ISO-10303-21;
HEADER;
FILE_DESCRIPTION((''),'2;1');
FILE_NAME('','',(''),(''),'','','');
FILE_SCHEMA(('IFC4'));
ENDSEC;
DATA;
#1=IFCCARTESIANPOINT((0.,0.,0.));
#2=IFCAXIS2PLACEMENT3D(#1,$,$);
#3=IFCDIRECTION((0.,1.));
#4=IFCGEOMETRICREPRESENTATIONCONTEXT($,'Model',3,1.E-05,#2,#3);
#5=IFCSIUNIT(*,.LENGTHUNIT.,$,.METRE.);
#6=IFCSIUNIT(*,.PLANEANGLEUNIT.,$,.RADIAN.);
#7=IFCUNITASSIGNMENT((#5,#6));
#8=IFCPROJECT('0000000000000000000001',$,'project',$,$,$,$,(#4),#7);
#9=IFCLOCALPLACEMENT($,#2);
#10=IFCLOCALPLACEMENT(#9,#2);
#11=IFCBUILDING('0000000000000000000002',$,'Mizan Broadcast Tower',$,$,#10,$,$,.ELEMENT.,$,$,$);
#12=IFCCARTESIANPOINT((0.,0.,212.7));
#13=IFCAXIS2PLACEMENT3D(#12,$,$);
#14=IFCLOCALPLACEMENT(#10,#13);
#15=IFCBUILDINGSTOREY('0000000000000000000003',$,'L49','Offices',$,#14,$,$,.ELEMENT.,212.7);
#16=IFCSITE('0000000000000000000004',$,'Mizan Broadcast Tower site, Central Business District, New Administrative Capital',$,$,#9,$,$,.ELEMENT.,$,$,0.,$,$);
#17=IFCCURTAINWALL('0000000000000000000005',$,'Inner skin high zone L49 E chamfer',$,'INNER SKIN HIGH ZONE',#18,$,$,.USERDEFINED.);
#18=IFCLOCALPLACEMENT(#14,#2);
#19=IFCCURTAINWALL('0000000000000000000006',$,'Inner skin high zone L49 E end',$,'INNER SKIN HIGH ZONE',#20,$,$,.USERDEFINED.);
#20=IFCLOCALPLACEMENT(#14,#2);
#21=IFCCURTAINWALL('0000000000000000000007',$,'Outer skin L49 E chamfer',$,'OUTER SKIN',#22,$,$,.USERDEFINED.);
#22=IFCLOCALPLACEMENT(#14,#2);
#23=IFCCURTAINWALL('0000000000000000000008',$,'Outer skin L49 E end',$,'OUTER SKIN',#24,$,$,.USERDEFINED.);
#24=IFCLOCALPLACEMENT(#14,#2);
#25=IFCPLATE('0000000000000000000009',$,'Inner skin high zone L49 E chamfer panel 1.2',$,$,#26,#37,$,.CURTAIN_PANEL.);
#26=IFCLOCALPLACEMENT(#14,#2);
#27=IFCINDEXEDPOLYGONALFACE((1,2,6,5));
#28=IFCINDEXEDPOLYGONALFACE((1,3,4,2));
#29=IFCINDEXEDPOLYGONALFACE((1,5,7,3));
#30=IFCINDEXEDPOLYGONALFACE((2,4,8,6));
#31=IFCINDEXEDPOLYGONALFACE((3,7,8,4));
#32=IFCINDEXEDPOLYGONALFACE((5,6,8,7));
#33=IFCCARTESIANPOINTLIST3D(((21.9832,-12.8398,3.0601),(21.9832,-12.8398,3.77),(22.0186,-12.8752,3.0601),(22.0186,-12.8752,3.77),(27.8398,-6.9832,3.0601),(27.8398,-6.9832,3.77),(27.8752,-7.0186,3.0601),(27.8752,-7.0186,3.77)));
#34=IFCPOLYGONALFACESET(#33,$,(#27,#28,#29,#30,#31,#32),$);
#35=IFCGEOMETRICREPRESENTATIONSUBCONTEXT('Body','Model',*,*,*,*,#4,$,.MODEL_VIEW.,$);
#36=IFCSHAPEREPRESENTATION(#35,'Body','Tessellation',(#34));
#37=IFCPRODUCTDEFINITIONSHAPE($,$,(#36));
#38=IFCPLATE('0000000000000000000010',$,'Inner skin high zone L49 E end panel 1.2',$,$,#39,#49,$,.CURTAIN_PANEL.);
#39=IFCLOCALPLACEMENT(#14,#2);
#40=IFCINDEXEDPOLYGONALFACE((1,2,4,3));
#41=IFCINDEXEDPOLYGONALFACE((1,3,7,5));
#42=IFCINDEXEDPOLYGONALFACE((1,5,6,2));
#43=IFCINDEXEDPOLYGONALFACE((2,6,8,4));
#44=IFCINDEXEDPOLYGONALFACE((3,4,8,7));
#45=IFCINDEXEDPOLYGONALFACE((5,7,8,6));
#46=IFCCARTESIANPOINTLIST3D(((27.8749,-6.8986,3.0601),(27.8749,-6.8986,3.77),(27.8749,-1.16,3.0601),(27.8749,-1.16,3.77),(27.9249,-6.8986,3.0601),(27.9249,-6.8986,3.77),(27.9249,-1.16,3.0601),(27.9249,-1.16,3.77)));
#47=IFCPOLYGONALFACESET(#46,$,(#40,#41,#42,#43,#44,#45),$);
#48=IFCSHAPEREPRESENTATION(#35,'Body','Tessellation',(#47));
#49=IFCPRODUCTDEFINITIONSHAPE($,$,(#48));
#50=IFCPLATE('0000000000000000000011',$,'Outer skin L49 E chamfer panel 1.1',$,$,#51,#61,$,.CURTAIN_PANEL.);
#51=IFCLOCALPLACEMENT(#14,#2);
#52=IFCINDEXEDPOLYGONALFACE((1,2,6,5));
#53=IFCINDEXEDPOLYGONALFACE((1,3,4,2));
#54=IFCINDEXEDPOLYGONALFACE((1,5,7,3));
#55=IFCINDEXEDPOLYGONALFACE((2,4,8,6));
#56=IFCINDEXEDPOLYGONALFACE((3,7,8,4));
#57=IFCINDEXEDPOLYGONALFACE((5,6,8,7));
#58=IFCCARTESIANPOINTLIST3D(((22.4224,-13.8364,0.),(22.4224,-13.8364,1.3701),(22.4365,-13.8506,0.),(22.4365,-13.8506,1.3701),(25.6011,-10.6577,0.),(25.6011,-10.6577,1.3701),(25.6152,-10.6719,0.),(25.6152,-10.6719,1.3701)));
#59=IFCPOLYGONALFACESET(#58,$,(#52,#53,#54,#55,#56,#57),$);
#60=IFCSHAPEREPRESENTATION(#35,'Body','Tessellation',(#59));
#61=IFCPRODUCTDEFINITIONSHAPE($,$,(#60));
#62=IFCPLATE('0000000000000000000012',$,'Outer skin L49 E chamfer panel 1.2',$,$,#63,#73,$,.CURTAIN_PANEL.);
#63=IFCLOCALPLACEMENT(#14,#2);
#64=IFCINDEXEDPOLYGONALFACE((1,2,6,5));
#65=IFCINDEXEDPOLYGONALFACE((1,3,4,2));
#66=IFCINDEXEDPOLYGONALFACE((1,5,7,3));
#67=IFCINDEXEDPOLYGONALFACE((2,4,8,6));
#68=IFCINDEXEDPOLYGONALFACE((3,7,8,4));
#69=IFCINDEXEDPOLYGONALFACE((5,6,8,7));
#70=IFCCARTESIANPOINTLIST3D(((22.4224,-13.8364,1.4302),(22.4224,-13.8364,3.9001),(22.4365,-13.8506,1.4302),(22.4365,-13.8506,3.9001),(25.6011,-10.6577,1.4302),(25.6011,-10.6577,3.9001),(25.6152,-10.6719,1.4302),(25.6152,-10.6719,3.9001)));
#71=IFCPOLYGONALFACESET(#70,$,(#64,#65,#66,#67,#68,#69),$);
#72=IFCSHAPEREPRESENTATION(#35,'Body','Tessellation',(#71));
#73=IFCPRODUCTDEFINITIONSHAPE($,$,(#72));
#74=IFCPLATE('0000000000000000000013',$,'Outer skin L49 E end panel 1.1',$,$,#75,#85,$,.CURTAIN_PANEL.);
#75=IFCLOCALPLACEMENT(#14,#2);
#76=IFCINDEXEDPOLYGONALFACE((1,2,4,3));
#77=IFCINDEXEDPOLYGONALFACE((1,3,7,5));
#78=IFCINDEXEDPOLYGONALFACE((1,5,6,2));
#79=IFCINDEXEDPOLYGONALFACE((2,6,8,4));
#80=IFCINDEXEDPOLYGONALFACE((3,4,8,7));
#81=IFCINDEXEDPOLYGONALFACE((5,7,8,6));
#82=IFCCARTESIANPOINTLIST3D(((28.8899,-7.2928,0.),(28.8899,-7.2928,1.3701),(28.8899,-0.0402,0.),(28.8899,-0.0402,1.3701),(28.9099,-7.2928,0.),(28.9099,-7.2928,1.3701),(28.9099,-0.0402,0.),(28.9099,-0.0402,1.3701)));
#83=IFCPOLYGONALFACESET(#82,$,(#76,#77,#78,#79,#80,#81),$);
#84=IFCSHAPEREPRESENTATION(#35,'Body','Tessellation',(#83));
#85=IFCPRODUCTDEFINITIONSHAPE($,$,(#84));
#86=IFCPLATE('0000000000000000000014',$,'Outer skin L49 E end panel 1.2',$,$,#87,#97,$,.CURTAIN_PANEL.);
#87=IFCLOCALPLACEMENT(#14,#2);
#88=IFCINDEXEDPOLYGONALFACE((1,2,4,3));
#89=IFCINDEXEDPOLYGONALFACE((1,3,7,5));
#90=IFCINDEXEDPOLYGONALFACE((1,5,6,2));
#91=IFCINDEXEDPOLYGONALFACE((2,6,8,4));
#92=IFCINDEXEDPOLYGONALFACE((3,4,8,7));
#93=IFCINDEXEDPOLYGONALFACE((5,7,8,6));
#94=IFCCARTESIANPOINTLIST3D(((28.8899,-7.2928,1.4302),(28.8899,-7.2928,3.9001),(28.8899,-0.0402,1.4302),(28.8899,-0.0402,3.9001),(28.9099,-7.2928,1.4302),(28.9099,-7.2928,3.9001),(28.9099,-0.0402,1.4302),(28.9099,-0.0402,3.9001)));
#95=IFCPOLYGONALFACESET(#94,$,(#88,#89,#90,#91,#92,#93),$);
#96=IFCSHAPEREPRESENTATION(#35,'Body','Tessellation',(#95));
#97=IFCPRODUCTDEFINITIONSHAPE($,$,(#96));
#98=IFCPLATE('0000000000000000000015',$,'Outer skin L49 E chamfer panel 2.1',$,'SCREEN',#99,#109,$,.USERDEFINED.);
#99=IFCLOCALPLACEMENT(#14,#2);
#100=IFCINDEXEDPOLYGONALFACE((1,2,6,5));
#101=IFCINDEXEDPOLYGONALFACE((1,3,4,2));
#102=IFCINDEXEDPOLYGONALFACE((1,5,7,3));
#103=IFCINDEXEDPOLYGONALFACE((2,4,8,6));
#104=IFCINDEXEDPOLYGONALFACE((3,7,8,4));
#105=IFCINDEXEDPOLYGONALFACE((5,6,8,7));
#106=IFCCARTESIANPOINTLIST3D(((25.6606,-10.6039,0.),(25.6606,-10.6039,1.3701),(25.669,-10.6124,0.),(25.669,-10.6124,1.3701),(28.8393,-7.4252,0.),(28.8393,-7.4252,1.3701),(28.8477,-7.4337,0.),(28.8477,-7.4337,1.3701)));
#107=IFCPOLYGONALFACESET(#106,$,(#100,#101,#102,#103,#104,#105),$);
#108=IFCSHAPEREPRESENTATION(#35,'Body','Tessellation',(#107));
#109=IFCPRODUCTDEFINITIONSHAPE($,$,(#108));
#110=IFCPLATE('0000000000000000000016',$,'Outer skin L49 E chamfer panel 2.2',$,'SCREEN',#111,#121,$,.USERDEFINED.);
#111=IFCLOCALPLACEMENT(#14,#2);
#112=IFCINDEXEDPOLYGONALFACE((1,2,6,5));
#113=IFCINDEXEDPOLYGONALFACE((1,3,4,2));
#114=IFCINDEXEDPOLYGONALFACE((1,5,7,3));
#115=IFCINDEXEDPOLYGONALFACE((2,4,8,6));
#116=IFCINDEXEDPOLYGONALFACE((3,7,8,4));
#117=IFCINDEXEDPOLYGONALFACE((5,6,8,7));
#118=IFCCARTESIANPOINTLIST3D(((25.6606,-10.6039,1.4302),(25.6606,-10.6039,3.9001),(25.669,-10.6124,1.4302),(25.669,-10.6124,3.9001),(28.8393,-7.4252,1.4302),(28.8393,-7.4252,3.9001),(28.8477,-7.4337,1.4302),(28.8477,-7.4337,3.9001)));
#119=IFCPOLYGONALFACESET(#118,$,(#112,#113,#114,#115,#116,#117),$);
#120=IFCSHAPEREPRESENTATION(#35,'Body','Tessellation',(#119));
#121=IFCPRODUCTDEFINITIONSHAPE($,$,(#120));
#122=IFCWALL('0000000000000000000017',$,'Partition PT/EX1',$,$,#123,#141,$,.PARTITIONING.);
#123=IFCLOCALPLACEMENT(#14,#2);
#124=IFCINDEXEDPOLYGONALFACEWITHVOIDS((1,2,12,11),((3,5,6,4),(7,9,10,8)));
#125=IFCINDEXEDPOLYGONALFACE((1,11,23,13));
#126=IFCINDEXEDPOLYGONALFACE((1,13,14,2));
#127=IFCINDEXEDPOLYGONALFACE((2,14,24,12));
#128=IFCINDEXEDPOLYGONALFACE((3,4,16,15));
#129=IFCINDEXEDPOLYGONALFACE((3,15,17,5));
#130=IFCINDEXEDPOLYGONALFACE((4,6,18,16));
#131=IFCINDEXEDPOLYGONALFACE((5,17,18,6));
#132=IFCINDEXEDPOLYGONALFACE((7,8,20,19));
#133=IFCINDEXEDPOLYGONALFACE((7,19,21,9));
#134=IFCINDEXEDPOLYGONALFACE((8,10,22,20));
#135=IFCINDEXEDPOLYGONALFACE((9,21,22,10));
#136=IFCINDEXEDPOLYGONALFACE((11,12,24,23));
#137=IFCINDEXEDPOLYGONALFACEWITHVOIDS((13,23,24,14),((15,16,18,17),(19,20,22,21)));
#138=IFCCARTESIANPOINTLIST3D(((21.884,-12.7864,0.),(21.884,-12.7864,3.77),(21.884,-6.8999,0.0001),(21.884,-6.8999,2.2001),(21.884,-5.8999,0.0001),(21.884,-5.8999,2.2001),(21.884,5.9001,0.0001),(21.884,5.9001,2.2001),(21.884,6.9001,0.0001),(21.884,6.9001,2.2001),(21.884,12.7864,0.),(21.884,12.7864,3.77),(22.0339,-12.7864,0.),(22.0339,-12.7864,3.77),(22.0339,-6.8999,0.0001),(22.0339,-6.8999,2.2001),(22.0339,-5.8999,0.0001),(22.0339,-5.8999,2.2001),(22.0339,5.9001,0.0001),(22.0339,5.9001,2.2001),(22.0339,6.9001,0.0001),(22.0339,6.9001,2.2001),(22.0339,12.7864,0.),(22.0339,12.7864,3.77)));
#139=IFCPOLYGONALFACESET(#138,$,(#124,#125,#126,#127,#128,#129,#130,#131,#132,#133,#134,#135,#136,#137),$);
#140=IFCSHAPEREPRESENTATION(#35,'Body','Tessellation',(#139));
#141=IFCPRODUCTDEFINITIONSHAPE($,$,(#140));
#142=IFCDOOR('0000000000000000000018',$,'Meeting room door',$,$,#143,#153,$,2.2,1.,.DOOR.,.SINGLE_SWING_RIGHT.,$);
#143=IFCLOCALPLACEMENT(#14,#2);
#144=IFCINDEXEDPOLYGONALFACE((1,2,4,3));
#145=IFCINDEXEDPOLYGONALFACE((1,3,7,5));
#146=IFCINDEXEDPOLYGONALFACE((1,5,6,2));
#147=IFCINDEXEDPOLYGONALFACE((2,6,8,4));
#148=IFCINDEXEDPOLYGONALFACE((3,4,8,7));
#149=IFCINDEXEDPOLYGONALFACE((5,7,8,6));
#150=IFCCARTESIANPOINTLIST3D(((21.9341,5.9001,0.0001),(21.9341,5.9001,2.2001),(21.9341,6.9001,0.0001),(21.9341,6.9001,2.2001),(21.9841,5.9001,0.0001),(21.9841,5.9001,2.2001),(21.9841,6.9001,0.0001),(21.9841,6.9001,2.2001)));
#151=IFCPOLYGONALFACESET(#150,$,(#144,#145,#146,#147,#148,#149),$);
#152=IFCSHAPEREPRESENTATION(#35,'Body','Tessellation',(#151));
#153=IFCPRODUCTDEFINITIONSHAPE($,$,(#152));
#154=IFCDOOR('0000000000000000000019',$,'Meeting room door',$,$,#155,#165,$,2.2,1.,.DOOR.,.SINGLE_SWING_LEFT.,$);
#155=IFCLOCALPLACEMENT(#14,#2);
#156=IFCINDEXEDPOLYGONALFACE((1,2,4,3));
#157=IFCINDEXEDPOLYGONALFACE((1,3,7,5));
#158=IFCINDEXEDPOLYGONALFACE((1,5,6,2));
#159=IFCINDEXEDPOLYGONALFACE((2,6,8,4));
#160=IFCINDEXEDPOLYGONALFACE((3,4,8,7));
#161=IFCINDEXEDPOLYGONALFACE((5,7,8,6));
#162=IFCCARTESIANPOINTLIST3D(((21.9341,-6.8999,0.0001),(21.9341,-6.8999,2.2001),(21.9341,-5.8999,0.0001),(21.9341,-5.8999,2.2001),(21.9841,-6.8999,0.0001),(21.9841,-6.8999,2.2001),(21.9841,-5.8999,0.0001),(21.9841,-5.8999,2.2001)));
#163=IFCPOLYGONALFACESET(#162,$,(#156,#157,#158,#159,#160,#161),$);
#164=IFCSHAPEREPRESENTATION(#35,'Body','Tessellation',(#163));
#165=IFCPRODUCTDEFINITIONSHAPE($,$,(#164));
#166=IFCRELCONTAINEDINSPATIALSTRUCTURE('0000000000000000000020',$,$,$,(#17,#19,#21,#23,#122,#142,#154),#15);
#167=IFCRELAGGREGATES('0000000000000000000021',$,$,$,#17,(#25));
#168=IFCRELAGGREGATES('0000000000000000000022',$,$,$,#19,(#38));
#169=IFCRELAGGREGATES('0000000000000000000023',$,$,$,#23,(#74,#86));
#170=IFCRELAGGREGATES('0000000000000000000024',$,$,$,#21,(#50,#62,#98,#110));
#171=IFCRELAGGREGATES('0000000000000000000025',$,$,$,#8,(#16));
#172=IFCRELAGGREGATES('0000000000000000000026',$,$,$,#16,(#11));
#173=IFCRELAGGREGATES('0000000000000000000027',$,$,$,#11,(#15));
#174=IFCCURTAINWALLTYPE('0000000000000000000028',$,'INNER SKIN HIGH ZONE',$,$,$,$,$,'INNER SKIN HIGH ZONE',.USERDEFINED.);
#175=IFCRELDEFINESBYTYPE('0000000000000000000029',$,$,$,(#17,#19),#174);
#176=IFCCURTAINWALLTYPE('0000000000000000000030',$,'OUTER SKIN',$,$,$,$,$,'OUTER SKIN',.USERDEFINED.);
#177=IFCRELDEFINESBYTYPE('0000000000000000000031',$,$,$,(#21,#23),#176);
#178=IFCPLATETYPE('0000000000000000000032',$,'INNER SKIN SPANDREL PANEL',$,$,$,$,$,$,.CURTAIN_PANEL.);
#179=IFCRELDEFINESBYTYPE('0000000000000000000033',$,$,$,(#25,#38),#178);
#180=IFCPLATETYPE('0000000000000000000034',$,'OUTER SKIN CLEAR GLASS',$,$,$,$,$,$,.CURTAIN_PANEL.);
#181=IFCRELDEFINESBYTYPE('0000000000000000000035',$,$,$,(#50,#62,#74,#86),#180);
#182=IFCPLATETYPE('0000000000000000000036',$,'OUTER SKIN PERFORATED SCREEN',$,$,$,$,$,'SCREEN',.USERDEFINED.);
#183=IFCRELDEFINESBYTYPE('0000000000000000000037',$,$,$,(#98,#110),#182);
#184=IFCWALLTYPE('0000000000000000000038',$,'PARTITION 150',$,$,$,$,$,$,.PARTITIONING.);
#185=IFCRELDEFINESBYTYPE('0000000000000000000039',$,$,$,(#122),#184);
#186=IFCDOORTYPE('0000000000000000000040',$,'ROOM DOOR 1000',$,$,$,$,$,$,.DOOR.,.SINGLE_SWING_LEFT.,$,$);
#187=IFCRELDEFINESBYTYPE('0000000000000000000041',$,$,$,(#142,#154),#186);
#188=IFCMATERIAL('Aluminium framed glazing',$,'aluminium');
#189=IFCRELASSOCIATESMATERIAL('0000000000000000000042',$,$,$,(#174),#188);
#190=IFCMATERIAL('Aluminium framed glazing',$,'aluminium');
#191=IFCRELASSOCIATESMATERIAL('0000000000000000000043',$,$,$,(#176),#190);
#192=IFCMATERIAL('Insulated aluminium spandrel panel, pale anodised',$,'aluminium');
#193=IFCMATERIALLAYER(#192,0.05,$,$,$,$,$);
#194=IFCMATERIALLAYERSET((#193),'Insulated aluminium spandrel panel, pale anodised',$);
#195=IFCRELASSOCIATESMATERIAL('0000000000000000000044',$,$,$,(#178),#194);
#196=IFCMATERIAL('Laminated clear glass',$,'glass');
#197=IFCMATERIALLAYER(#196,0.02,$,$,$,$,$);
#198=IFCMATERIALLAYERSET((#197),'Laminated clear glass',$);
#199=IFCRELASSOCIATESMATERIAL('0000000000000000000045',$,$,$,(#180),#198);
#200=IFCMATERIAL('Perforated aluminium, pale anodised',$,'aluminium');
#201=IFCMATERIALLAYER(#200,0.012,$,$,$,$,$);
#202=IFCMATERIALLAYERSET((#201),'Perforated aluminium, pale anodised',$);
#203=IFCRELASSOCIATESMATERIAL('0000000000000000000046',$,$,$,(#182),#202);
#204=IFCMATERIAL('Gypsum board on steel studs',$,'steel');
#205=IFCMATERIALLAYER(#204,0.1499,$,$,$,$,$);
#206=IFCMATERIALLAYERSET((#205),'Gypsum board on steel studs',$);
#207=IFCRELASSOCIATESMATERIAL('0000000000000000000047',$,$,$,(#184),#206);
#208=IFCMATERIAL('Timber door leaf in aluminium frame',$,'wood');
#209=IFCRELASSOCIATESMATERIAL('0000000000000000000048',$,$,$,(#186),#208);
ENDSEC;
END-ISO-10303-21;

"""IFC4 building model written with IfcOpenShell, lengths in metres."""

from ifc_helpers import new_model, si_unit, direction, frame, frame_2d, origin, origin_2d, place, context, subcontext, project, spatial, rectangle, extrude, material, layer, layer_set, type_object, element, fill, aggregate, save


model = new_model("IFC4")

# Units and contexts
model_context = context("Model", 3, precision=1e-05, world=origin(), true_north=direction((0.0, 1.0)))
body_context = subcontext(model_context, "Body", "Model", "MODEL_VIEW")
ifc_project = project(units=[si_unit("LENGTHUNIT", "METRE"), si_unit("PLANEANGLEUNIT", "RADIAN")], contexts=[model_context])

# Site, building, storey
site_placement = place(None, origin())
site = spatial("IfcSite", under=ifc_project, at=site_placement, Name="Mizan Broadcast Tower site, Central Business District, New Administrative Capital", CompositionType="ELEMENT", RefElevation=0.0)
building_placement = place(site_placement, origin())
building = spatial("IfcBuilding", under=site, at=building_placement, Name="Mizan Broadcast Tower", CompositionType="ELEMENT")
storey_placement = place(building_placement, frame((0.0, 0.0, 212.7)))
storey = spatial("IfcBuildingStorey", under=building, at=storey_placement, Name="L49", Description="Offices", CompositionType="ELEMENT", Elevation=212.7)

# Curtain walls
ifc_material_1 = material(Name="Aluminium framed glazing", Category="aluminium")
curtain_wall_type_1 = type_object("IfcCurtainWallType", Name="INNER SKIN HIGH ZONE", ElementType="INNER SKIN HIGH ZONE", PredefinedType="USERDEFINED", material=ifc_material_1)
curtain_wall_1_placement = place(storey_placement, origin())
curtain_wall_1 = element("IfcCurtainWall", 1, at=curtain_wall_1_placement, inside=storey, type_object=curtain_wall_type_1, Name="Inner skin high zone L49 E chamfer", ObjectType="INNER SKIN HIGH ZONE", PredefinedType="USERDEFINED")
curtain_wall_2_placement = place(storey_placement, origin())
curtain_wall_2 = element("IfcCurtainWall", 2, at=curtain_wall_2_placement, inside=storey, type_object=curtain_wall_type_1, Name="Inner skin high zone L49 E end", ObjectType="INNER SKIN HIGH ZONE", PredefinedType="USERDEFINED")

# Curtain wall
ifc_material_2 = material(Name="Aluminium framed glazing", Category="aluminium")
curtain_wall_type_2 = type_object("IfcCurtainWallType", Name="OUTER SKIN", ElementType="OUTER SKIN", PredefinedType="USERDEFINED", material=ifc_material_2)
curtain_wall_3_placement = place(storey_placement, origin())
curtain_wall_3 = element("IfcCurtainWall", 3, at=curtain_wall_3_placement, inside=storey, type_object=curtain_wall_type_2, Name="Outer skin L49 E chamfer", ObjectType="OUTER SKIN", PredefinedType="USERDEFINED")

# Curtain wall
curtain_wall_4_placement = place(storey_placement, origin())
curtain_wall_4 = element("IfcCurtainWall", 4, at=curtain_wall_4_placement, inside=storey, type_object=curtain_wall_type_2, Name="Outer skin L49 E end", ObjectType="OUTER SKIN", PredefinedType="USERDEFINED")

# Plates
ifc_material_3 = material(Name="Insulated aluminium spandrel panel, pale anodised", Category="aluminium")
ifc_layer_1 = layer(ifc_material_3, 0.05)
ifc_layer_set_1 = layer_set([ifc_layer_1], Name="Insulated aluminium spandrel panel, pale anodised")
plate_type_1 = type_object("IfcPlateType", Name="INNER SKIN SPANDREL PANEL", PredefinedType="CURTAIN_PANEL", material=ifc_layer_set_1)
plate_1_placement = place(storey_placement, frame((24.9292, -9.9292, 3.0601), z_axis=(0.0, 0.0, 1.0), x_axis=(0.707107, 0.707107, 0.0)))
plate_1 = element("IfcPlate", 5, at=plate_1_placement, type_object=plate_type_1, Name="Inner skin high zone L49 E chamfer panel 1.2", PredefinedType="CURTAIN_PANEL", context=body_context, shape_type="SweptSolid", body=[
    extrude(rectangle(XDim=8.2825, YDim=0.05, at=origin_2d()), origin(), (0.0, 0.0, 1.0), 0.71),
])
aggregate(curtain_wall_1, [plate_1])
plate_2_placement = place(storey_placement, frame((27.8999, -4.0293, 3.0601), z_axis=(0.0, 0.0, 1.0), x_axis=(0.0, 1.0, 0.0)))
plate_2 = element("IfcPlate", 6, at=plate_2_placement, type_object=plate_type_1, Name="Inner skin high zone L49 E end panel 1.2", PredefinedType="CURTAIN_PANEL", context=body_context, shape_type="SweptSolid", body=[
    extrude(rectangle(XDim=5.7385, YDim=0.05, at=origin_2d()), origin(), (0.0, 0.0, 1.0), 0.71),
])
aggregate(curtain_wall_2, [plate_2])
ifc_material_4 = material(Name="Laminated clear glass", Category="glass")
ifc_layer_2 = layer(ifc_material_4, 0.02)
ifc_layer_set_2 = layer_set([ifc_layer_2], Name="Laminated clear glass")
plate_type_2 = type_object("IfcPlateType", Name="OUTER SKIN CLEAR GLASS", PredefinedType="CURTAIN_PANEL", material=ifc_layer_set_2)
plate_3_placement = place(storey_placement, frame((24.0188, -12.2542, 0.0), z_axis=(0.0, 0.0, 1.0), x_axis=(0.707107, 0.707107, 0.0)))
plate_3 = element("IfcPlate", 7, at=plate_3_placement, type_object=plate_type_2, Name="Outer skin L49 E chamfer panel 1.1", PredefinedType="CURTAIN_PANEL", context=body_context, shape_type="SweptSolid", body=[
    extrude(rectangle(XDim=4.4954, YDim=0.02, at=origin_2d()), origin(), (0.0, 0.0, 1.0), 1.3701),
])
plate_4_placement = place(storey_placement, frame((24.0188, -12.2542, 1.4302), z_axis=(0.0, 0.0, 1.0), x_axis=(0.707107, 0.707107, 0.0)))
plate_4 = element("IfcPlate", 8, at=plate_4_placement, type_object=plate_type_2, Name="Outer skin L49 E chamfer panel 1.2", PredefinedType="CURTAIN_PANEL", context=body_context, shape_type="SweptSolid", body=[
    extrude(rectangle(XDim=4.4954, YDim=0.02, at=origin_2d()), origin(), (0.0, 0.0, 1.0), 2.47),
])
plate_5_placement = place(storey_placement, frame((28.8999, -3.6665, 0.0), z_axis=(0.0, 0.0, 1.0), x_axis=(0.0, 1.0, 0.0)))
plate_5 = element("IfcPlate", 9, at=plate_5_placement, type_object=plate_type_2, Name="Outer skin L49 E end panel 1.1", PredefinedType="CURTAIN_PANEL", context=body_context, shape_type="SweptSolid", body=[
    extrude(rectangle(XDim=7.2527, YDim=0.02, at=origin_2d()), origin(), (0.0, 0.0, 1.0), 1.3701),
])
plate_6_placement = place(storey_placement, frame((28.8999, -3.6665, 1.4302), z_axis=(0.0, 0.0, 1.0), x_axis=(0.0, 1.0, 0.0)))
plate_6 = element("IfcPlate", 10, at=plate_6_placement, type_object=plate_type_2, Name="Outer skin L49 E end panel 1.2", PredefinedType="CURTAIN_PANEL", context=body_context, shape_type="SweptSolid", body=[
    extrude(rectangle(XDim=7.2527, YDim=0.02, at=origin_2d()), origin(), (0.0, 0.0, 1.0), 2.47),
])
aggregate(curtain_wall_4, [plate_5, plate_6])
ifc_material_5 = material(Name="Perforated aluminium, pale anodised", Category="aluminium")
ifc_layer_3 = layer(ifc_material_5, 0.012)
ifc_layer_set_3 = layer_set([ifc_layer_3], Name="Perforated aluminium, pale anodised")
plate_type_3 = type_object("IfcPlateType", Name="OUTER SKIN PERFORATED SCREEN", ElementType="SCREEN", PredefinedType="USERDEFINED", material=ifc_layer_set_3)
plate_7_placement = place(storey_placement, frame((27.2542, -9.0188, 0.0), z_axis=(0.0, 0.0, 1.0), x_axis=(0.707107, 0.707107, 0.0)))
plate_7 = element("IfcPlate", 11, at=plate_7_placement, type_object=plate_type_3, Name="Outer skin L49 E chamfer panel 2.1", ObjectType="SCREEN", PredefinedType="USERDEFINED", context=body_context, shape_type="SweptSolid", body=[
    extrude(rectangle(XDim=4.4954, YDim=0.012, at=origin_2d()), origin(), (0.0, 0.0, 1.0), 1.3701),
])
plate_8_placement = place(storey_placement, frame((27.2542, -9.0188, 1.4302), z_axis=(0.0, 0.0, 1.0), x_axis=(0.707107, 0.707107, 0.0)))
plate_8 = element("IfcPlate", 12, at=plate_8_placement, type_object=plate_type_3, Name="Outer skin L49 E chamfer panel 2.2", ObjectType="SCREEN", PredefinedType="USERDEFINED", context=body_context, shape_type="SweptSolid", body=[
    extrude(rectangle(XDim=4.4954, YDim=0.012, at=origin_2d()), origin(), (0.0, 0.0, 1.0), 2.47),
])
aggregate(curtain_wall_3, [plate_3, plate_4, plate_7, plate_8])

# Wall, openings, doors
ifc_material_6 = material(Name="Gypsum board on steel studs", Category="steel")
ifc_layer_4 = layer(ifc_material_6, 0.1499)
ifc_layer_set_4 = layer_set([ifc_layer_4], Name="Gypsum board on steel studs")
wall_type = type_object("IfcWallType", Name="PARTITION 150", PredefinedType="PARTITIONING", material=ifc_layer_set_4)
wall_placement = place(storey_placement, frame((21.959, -12.7864, 0.0), z_axis=(0.0, 0.0, 1.0), x_axis=(0.0, 1.0, 0.0)))
wall = element("IfcWall", 13, at=wall_placement, inside=storey, type_object=wall_type, Name="Partition PT/EX1", PredefinedType="PARTITIONING", context=body_context, shape_type="SweptSolid", body=[
    extrude(rectangle(XDim=25.5728, YDim=0.1499, at=frame_2d((12.7864, 0.0))), origin(), (0.0, 0.0, 1.0), 3.77),
])
opening_1_placement = place(wall_placement, frame((18.6865, 0.0, 0.0)))
opening_1 = element("IfcOpeningElement", 14, at=opening_1_placement, cuts=wall, PredefinedType="OPENING", context=body_context, shape_type="SweptSolid", body=[
    extrude(rectangle(XDim=1.0, YDim=2.2, at=frame_2d((0.5, 1.1001))), frame((0.0, 0.085, 0.0), z_axis=(0.0, -1.0, 0.0), x_axis=(1.0, 0.0, 0.0)), (0.0, 0.0, 1.0), 0.1699),
])
opening_2_placement = place(wall_placement, frame((5.8865, 0.0, 0.0)))
opening_2 = element("IfcOpeningElement", 15, at=opening_2_placement, cuts=wall, PredefinedType="OPENING", context=body_context, shape_type="SweptSolid", body=[
    extrude(rectangle(XDim=1.0, YDim=2.2, at=frame_2d((0.5, 1.1001))), frame((0.0, 0.085, 0.0), z_axis=(0.0, -1.0, 0.0), x_axis=(1.0, 0.0, 0.0)), (0.0, 0.0, 1.0), 0.1699),
])
ifc_material_7 = material(Name="Timber door leaf in aluminium frame", Category="wood")
door_type = type_object("IfcDoorType", Name="ROOM DOOR 1000", OperationType="SINGLE_SWING_LEFT", PredefinedType="DOOR", material=ifc_material_7)
door_1_placement = place(opening_1_placement, origin())
door_1 = element("IfcDoor", 16, at=door_1_placement, inside=storey, type_object=door_type, Name="Meeting room door", OperationType="SINGLE_SWING_RIGHT", OverallHeight=2.2, OverallWidth=1.0, PredefinedType="DOOR", context=body_context, shape_type="SweptSolid", body=[
    extrude(rectangle(XDim=1.0, YDim=2.2, at=frame_2d((0.5, 1.1001))), frame((0.0, 0.0249, 0.0), z_axis=(0.0, -1.0, 0.0), x_axis=(1.0, 0.0, 0.0)), (0.0, 0.0, 1.0), 0.05),
])
fill(opening_1, door_1)
door_2_placement = place(opening_2_placement, origin())
door_2 = element("IfcDoor", 17, at=door_2_placement, inside=storey, type_object=door_type, Name="Meeting room door", OperationType="SINGLE_SWING_LEFT", OverallHeight=2.2, OverallWidth=1.0, PredefinedType="DOOR", context=body_context, shape_type="SweptSolid", body=[
    extrude(rectangle(XDim=1.0, YDim=2.2, at=frame_2d((0.5, 1.1001))), frame((0.0, 0.0249, 0.0), z_axis=(0.0, -1.0, 0.0), x_axis=(1.0, 0.0, 0.0)), (0.0, 0.0, 1.0), 0.05),
])
fill(opening_2, door_2)

save(model, "model.ifc")
